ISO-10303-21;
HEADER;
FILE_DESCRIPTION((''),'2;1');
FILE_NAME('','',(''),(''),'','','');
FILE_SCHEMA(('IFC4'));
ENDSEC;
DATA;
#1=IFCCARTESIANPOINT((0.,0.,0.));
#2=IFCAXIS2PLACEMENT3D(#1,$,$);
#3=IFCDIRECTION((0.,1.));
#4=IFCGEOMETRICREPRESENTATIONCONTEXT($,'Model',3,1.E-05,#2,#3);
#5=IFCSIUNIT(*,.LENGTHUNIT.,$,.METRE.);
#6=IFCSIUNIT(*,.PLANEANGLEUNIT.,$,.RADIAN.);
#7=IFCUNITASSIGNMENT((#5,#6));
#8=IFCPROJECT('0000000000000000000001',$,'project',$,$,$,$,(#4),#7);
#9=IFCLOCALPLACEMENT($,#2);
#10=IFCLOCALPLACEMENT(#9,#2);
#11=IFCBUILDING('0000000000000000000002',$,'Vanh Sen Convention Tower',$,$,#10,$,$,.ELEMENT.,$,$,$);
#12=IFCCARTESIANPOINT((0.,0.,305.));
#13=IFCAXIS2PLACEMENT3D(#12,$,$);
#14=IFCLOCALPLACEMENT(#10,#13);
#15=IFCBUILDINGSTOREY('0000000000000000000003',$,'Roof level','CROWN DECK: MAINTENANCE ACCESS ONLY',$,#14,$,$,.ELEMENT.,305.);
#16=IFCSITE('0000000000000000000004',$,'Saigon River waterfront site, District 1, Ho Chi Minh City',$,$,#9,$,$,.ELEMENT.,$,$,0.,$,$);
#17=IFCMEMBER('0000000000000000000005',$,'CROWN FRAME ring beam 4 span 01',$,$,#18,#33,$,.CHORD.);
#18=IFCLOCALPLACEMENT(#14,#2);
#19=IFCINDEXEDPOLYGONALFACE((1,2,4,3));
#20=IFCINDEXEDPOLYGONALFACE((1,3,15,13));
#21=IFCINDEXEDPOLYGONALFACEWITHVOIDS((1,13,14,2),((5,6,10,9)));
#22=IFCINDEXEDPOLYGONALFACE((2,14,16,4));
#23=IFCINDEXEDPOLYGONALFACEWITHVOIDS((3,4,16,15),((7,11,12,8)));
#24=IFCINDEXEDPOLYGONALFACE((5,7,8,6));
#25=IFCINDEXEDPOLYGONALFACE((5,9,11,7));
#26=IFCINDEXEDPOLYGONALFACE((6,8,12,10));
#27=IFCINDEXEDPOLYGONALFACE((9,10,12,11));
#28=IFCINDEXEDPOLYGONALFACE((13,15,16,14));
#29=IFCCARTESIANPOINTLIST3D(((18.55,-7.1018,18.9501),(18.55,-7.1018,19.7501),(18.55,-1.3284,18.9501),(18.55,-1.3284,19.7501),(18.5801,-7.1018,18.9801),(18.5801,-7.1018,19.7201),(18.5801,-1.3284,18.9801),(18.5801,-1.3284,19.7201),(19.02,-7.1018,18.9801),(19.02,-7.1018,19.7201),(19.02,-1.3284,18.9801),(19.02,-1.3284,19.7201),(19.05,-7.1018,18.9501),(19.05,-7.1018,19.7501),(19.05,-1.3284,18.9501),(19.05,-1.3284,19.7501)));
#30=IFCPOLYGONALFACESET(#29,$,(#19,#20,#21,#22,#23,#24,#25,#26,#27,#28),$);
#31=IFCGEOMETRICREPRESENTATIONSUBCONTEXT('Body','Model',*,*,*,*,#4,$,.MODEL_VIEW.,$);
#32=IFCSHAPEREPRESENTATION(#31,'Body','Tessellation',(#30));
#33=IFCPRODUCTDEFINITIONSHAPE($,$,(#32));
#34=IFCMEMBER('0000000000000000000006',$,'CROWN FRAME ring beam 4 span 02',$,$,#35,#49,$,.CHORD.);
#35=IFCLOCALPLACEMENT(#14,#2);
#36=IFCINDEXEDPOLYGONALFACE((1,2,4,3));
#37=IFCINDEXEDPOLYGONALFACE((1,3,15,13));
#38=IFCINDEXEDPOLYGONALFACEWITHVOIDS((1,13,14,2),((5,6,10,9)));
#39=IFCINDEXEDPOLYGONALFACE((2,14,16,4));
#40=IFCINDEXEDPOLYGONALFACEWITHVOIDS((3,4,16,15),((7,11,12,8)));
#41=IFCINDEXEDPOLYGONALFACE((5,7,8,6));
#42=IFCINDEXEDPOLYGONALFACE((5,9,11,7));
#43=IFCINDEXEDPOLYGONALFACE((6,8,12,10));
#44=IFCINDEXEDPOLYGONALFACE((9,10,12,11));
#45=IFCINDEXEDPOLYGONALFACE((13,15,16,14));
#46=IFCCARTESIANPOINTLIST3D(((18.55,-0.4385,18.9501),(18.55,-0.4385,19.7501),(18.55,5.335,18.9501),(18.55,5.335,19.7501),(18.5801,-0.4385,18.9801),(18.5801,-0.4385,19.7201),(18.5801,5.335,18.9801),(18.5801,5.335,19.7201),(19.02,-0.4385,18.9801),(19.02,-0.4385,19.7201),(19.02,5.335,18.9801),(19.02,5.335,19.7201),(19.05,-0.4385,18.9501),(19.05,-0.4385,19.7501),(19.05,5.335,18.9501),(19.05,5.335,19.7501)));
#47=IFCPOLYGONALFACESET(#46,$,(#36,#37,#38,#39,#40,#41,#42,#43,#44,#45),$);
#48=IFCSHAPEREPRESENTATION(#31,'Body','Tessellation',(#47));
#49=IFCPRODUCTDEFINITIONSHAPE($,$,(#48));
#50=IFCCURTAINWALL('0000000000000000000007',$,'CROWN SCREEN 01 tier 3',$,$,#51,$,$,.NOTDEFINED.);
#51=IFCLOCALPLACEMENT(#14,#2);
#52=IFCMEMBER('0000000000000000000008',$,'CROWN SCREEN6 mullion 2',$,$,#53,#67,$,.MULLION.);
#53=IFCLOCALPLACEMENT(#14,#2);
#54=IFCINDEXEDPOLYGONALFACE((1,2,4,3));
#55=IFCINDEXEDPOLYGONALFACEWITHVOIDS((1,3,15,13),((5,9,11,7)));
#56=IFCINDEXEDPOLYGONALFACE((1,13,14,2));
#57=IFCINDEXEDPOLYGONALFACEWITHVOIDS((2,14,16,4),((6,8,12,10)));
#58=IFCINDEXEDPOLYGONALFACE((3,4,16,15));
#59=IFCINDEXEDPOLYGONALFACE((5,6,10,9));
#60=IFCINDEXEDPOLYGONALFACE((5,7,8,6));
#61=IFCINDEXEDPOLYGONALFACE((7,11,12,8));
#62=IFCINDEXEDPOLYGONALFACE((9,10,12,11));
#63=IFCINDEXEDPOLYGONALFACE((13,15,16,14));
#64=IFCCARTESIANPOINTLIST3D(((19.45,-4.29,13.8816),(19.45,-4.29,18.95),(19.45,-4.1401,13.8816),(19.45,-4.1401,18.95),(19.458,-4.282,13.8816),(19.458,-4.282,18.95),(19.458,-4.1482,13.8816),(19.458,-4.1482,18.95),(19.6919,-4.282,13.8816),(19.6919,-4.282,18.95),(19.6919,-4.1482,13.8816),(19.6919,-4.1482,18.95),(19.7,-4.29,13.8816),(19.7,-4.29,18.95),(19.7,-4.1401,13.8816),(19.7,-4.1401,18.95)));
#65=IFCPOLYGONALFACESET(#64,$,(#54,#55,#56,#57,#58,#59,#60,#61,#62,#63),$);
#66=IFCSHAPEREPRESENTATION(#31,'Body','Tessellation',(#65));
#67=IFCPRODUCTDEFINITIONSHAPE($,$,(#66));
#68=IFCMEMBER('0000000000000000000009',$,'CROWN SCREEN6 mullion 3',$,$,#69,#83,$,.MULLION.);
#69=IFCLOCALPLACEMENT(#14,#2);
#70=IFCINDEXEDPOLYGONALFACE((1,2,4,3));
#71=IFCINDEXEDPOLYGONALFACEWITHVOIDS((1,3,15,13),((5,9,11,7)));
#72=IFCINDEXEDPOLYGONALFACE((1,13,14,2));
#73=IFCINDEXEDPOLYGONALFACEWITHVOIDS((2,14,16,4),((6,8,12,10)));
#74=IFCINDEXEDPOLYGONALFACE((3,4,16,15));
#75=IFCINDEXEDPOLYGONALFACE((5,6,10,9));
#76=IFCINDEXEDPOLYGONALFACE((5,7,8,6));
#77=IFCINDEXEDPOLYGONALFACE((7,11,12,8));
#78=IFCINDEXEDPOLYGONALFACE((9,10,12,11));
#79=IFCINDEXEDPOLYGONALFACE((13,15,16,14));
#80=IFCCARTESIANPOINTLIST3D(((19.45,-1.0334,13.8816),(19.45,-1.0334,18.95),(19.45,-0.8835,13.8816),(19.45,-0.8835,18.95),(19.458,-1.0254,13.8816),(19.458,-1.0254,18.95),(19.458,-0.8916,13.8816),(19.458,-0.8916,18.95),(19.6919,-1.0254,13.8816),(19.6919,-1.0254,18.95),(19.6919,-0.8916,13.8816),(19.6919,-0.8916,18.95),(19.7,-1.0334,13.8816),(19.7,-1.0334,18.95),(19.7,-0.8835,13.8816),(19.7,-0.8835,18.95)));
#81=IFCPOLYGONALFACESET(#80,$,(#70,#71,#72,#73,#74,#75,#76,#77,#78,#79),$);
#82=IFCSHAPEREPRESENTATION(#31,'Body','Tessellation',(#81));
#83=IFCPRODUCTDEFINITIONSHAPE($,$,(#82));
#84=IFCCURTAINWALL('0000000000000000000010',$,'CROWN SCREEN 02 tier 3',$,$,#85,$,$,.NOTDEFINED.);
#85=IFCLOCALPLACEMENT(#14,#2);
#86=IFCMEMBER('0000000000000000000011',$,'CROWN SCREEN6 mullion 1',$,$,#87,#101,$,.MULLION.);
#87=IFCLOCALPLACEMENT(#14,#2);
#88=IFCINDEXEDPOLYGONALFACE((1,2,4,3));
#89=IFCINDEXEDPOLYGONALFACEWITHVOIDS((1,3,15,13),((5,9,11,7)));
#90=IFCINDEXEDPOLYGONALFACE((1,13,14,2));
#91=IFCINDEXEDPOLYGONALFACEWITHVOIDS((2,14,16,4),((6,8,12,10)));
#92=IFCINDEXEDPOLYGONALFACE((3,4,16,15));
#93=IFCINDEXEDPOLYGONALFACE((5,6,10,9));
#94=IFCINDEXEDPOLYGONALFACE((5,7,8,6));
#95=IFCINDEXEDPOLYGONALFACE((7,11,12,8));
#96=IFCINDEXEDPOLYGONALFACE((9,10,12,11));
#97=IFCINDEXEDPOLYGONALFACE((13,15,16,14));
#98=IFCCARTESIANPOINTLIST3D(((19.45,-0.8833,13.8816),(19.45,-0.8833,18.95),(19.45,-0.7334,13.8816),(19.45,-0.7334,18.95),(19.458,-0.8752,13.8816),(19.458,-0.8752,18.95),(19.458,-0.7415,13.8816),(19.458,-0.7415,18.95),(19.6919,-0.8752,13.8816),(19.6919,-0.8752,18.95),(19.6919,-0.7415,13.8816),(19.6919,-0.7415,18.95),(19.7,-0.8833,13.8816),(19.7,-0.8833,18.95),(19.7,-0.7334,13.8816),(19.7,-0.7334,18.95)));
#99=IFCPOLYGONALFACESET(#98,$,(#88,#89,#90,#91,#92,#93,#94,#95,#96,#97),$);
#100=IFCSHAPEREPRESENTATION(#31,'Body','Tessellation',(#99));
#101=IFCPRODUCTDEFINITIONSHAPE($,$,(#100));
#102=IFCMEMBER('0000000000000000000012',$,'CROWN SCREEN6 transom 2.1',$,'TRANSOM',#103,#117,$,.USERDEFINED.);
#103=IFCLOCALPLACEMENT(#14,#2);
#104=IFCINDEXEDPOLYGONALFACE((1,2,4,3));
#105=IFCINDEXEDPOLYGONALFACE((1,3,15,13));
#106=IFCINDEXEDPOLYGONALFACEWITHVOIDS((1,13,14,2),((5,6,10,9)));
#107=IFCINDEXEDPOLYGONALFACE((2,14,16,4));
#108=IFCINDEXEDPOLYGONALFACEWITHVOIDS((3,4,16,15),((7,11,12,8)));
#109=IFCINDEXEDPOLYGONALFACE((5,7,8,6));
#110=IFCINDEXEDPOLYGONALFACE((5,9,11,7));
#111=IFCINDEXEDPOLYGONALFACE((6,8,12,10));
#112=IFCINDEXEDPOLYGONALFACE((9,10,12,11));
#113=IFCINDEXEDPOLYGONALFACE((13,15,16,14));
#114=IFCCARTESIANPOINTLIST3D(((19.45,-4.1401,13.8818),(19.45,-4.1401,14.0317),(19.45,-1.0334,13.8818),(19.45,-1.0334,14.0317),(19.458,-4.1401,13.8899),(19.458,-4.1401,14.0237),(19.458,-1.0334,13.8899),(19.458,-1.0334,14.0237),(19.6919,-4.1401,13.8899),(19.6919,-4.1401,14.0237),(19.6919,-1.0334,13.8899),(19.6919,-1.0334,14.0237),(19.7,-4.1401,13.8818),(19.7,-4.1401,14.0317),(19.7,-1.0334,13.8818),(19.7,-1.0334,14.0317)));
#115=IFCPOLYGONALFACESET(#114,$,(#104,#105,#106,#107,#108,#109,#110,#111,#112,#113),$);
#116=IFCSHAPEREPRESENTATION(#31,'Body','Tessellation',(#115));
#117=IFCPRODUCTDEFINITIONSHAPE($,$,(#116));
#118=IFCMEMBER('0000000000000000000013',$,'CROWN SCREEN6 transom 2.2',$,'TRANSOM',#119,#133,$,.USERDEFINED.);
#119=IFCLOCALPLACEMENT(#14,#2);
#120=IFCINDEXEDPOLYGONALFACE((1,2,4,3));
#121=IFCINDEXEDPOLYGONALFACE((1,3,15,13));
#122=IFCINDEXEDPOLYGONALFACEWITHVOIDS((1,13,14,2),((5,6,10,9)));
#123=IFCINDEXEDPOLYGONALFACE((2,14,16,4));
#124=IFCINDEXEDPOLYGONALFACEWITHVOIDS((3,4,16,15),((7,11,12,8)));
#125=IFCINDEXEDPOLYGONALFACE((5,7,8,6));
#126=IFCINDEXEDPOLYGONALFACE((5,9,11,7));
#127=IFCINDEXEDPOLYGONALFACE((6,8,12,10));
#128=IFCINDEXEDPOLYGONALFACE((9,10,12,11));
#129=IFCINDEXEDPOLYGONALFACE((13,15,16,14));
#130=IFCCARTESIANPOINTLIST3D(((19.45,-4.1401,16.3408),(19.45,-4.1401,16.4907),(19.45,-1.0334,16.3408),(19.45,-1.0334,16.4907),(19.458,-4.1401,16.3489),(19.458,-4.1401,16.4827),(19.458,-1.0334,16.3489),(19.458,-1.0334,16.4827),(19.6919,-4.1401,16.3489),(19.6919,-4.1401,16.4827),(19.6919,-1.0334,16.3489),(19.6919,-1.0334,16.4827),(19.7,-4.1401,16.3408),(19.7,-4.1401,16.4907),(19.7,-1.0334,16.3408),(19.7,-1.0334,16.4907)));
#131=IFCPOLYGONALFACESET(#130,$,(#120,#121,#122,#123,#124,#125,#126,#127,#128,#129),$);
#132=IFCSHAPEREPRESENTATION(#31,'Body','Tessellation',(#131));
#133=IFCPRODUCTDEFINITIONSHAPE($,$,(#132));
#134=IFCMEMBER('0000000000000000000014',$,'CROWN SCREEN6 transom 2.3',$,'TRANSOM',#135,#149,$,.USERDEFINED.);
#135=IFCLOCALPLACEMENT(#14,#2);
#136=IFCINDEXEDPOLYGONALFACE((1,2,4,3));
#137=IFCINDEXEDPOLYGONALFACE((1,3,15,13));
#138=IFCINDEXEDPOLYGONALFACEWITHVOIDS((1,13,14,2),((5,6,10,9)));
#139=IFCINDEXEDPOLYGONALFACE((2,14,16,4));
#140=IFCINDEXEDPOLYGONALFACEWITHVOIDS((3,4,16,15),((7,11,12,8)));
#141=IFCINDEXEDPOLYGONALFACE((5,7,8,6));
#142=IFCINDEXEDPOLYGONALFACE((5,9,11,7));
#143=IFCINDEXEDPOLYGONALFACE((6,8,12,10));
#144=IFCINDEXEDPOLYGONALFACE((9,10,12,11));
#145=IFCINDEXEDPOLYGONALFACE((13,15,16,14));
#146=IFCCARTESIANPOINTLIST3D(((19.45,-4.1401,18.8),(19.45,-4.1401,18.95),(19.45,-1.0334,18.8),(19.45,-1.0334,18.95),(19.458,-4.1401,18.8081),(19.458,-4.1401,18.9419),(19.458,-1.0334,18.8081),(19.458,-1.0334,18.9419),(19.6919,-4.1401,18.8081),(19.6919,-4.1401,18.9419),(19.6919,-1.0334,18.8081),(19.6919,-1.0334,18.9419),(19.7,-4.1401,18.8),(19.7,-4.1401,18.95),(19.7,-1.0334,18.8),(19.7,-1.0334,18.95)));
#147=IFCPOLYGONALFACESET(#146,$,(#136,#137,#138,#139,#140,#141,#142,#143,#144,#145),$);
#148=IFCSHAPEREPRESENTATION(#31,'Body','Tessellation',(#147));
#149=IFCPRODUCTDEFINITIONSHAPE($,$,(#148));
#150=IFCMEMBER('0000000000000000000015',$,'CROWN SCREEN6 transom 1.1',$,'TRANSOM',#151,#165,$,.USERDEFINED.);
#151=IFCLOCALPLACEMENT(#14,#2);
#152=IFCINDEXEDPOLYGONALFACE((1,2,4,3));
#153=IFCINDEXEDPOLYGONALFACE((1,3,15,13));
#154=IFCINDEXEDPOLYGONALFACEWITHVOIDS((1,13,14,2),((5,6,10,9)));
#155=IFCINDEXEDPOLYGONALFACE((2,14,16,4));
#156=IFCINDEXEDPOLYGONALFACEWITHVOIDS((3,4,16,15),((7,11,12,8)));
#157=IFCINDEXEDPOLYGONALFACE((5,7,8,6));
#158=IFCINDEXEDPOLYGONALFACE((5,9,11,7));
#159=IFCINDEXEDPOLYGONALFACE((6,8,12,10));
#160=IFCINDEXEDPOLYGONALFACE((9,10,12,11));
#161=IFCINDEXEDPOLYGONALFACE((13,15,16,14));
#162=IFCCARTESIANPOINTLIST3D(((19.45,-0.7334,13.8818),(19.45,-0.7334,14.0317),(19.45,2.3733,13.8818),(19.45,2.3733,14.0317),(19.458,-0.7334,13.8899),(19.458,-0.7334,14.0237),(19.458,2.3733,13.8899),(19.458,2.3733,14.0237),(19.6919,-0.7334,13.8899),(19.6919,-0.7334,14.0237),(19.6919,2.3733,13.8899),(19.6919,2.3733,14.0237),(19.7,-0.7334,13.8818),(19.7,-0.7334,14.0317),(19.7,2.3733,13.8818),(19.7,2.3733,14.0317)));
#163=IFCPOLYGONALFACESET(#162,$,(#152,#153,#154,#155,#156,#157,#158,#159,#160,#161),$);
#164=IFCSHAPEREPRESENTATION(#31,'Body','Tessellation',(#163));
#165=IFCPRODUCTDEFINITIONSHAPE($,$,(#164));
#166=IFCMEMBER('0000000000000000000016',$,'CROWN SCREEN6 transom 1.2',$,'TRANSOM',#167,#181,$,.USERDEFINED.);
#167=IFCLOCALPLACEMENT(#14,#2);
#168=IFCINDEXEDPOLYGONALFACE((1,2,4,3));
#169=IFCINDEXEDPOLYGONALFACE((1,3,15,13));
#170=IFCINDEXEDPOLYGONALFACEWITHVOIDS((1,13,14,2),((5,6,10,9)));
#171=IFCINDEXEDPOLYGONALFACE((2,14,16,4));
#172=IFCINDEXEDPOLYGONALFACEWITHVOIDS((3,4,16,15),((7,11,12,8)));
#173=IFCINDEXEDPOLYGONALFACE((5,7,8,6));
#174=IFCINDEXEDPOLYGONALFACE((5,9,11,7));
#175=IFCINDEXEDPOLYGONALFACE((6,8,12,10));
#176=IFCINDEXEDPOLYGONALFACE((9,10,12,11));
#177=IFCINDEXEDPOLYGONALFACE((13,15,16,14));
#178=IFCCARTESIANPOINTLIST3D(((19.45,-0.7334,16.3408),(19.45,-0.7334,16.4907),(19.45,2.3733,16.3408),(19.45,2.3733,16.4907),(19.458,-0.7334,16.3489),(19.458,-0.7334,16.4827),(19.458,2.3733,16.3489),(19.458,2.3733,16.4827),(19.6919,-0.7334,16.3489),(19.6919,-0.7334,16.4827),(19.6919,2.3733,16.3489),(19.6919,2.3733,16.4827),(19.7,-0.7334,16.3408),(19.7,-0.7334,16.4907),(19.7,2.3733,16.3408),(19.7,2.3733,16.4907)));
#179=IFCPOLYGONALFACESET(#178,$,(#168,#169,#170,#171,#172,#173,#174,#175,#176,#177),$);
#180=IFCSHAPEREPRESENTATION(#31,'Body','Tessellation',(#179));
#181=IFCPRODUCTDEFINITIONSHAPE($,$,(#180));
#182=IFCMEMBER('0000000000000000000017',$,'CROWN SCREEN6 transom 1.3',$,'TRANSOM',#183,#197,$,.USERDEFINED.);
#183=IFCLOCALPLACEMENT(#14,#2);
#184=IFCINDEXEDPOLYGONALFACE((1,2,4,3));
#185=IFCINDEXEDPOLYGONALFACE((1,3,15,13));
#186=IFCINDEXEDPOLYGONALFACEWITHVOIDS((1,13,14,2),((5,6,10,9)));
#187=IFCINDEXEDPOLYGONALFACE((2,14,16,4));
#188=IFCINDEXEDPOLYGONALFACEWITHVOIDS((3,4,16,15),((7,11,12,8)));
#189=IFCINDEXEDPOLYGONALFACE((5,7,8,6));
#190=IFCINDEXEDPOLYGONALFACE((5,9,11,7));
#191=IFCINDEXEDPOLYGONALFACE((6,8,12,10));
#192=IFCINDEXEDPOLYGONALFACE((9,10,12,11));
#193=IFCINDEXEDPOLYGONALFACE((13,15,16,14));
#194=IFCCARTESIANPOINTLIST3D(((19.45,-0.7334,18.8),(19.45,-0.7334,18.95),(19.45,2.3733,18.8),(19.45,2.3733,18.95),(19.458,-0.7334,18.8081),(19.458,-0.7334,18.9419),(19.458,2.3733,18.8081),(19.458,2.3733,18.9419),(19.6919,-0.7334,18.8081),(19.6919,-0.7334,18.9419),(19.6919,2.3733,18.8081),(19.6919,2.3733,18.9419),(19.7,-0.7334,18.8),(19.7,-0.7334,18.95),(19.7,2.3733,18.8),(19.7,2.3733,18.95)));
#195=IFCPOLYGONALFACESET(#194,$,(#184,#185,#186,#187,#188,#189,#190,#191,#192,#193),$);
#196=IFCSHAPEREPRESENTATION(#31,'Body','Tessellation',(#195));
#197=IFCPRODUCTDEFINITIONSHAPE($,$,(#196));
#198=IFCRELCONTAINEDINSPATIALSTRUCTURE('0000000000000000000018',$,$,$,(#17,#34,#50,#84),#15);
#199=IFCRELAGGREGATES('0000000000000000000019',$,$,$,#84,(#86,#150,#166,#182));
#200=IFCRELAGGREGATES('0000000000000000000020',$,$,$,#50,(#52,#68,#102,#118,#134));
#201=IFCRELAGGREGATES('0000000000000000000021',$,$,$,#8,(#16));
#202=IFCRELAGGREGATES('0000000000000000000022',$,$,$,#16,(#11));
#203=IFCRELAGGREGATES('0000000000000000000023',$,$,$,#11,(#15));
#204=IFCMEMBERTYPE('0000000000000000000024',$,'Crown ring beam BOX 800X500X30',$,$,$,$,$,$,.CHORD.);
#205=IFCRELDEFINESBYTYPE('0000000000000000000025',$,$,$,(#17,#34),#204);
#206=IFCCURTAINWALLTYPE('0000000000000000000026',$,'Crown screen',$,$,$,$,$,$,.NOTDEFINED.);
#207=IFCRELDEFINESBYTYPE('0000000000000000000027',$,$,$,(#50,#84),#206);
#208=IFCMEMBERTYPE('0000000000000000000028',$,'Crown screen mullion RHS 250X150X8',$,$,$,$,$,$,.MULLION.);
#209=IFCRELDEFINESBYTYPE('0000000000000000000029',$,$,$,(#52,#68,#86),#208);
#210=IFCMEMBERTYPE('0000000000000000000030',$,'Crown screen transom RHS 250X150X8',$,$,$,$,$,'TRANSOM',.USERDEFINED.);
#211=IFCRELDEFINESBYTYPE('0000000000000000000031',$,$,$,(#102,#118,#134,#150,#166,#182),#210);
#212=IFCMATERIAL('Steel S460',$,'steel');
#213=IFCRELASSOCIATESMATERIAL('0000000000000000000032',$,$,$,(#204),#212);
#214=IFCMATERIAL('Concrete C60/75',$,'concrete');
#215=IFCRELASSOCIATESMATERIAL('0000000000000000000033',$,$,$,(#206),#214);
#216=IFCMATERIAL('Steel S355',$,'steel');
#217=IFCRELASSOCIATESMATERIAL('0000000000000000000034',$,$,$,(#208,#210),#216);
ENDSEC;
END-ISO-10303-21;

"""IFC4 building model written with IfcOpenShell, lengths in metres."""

from ifc_helpers import new_model, si_unit, direction, frame, origin, origin_2d, place, context, subcontext, project, spatial, hollow_rectangle, extrude, material, material_profile, profile_set, type_object, element, aggregate, save


model = new_model("IFC4")

# Units and contexts
model_context = context("Model", 3, precision=1e-05, world=origin(), true_north=direction((0.0, 1.0)))
body_context = subcontext(model_context, "Body", "Model", "MODEL_VIEW")
ifc_project = project(units=[si_unit("LENGTHUNIT", "METRE"), si_unit("PLANEANGLEUNIT", "RADIAN")], contexts=[model_context])

# Site, building, storey
site_placement = place(None, origin())
site = spatial("IfcSite", under=ifc_project, at=site_placement, Name="Saigon River waterfront site, District 1, Ho Chi Minh City", CompositionType="ELEMENT", RefElevation=0.0)
building_placement = place(site_placement, origin())
building = spatial("IfcBuilding", under=site, at=building_placement, Name="Vanh Sen Convention Tower", CompositionType="ELEMENT")
storey_placement = place(building_placement, frame((0.0, 0.0, 305.0)))
storey = spatial("IfcBuildingStorey", under=building, at=storey_placement, Name="Roof level", Description="CROWN DECK: MAINTENANCE ACCESS ONLY", CompositionType="ELEMENT", Elevation=305.0)

# Members
ifc_material_1 = material(Name="Steel S460", Category="steel")
ifc_material_profile_1 = material_profile(ifc_material_1, hollow_rectangle(XDim=0.5, YDim=0.8, WallThickness=0.03, at=origin_2d()), Name="BOX 800X500X30")
ifc_profile_set_1 = profile_set([ifc_material_profile_1], Name="Steel S460")
member_type_1 = type_object("IfcMemberType", Name="Crown ring beam BOX 800X500X30", PredefinedType="CHORD", material=ifc_profile_set_1)
for number, where, z_axis, x_axis, name in (
    (1, (18.8, -7.1018, 19.3501), (0.0, 1.0, 0.0), (-1.0, 0.0, 0.0), "CROWN FRAME ring beam 4 span 01"),
    (2, (18.8, -0.4385, 19.3501), (0.0, 1.0, 0.0), (-1.0, 0.0, 0.0), "CROWN FRAME ring beam 4 span 02"),
):
    element("IfcMember", number, at=place(storey_placement, frame(where, z_axis=z_axis, x_axis=x_axis)), inside=storey, type_object=member_type_1, Name=name, PredefinedType="CHORD", context=body_context, shape_type="SweptSolid", body=[
        extrude(hollow_rectangle(XDim=0.5, YDim=0.8, WallThickness=0.03, at=origin_2d()), origin(), (0.0, 0.0, 1.0), 5.7734),
    ])

# Curtain wall, members
ifc_material_2 = material(Name="Concrete C60/75", Category="concrete")
curtain_wall_type = type_object("IfcCurtainWallType", Name="Crown screen", PredefinedType="NOTDEFINED", material=ifc_material_2)
curtain_wall_1_placement = place(storey_placement, origin())
curtain_wall_1 = element("IfcCurtainWall", 3, at=curtain_wall_1_placement, inside=storey, type_object=curtain_wall_type, Name="CROWN SCREEN 01 tier 3", PredefinedType="NOTDEFINED")
ifc_material_3 = material(Name="Steel S355", Category="steel")
ifc_material_profile_2 = material_profile(ifc_material_3, hollow_rectangle(XDim=0.25, YDim=0.1499, WallThickness=0.0081, at=origin_2d()), Name="RHS 250X150X8")
ifc_profile_set_2 = profile_set([ifc_material_profile_2], Name="Steel S355")
member_type_2 = type_object("IfcMemberType", Name="Crown screen mullion RHS 250X150X8", PredefinedType="MULLION", material=ifc_profile_set_2)
member_1_placement = place(storey_placement, frame((19.575, -4.2151, 13.8816), z_axis=(0.0, 0.0, 1.0), x_axis=(-1.0, 0.0, 0.0)))
member_1 = element("IfcMember", 4, at=member_1_placement, type_object=member_type_2, Name="CROWN SCREEN6 mullion 2", PredefinedType="MULLION", context=body_context, shape_type="SweptSolid", body=[
    extrude(hollow_rectangle(XDim=0.25, YDim=0.1499, WallThickness=0.0081, at=origin_2d()), origin(), (0.0, 0.0, 1.0), 5.0684),
])
member_2_placement = place(storey_placement, frame((19.575, -0.9585, 13.8816), z_axis=(0.0, 0.0, 1.0), x_axis=(-1.0, 0.0, 0.0)))
member_2 = element("IfcMember", 5, at=member_2_placement, type_object=member_type_2, Name="CROWN SCREEN6 mullion 3", PredefinedType="MULLION", context=body_context, shape_type="SweptSolid", body=[
    extrude(hollow_rectangle(XDim=0.25, YDim=0.1499, WallThickness=0.0081, at=origin_2d()), origin(), (0.0, 0.0, 1.0), 5.0684),
])

# Curtain wall, member
curtain_wall_2_placement = place(storey_placement, origin())
curtain_wall_2 = element("IfcCurtainWall", 6, at=curtain_wall_2_placement, inside=storey, type_object=curtain_wall_type, Name="CROWN SCREEN 02 tier 3", PredefinedType="NOTDEFINED")
member_3_placement = place(storey_placement, frame((19.575, -0.8083, 13.8816), z_axis=(0.0, 0.0, 1.0), x_axis=(-1.0, 0.0, 0.0)))
member_3 = element("IfcMember", 7, at=member_3_placement, type_object=member_type_2, Name="CROWN SCREEN6 mullion 1", PredefinedType="MULLION", context=body_context, shape_type="SweptSolid", body=[
    extrude(hollow_rectangle(XDim=0.25, YDim=0.1499, WallThickness=0.0081, at=origin_2d()), origin(), (0.0, 0.0, 1.0), 5.0684),
])

# Members
ifc_material_profile_3 = material_profile(ifc_material_3, hollow_rectangle(XDim=0.25, YDim=0.1499, WallThickness=0.0081, at=origin_2d()), Name="RHS 250X150X8")
ifc_profile_set_3 = profile_set([ifc_material_profile_3], Name="Steel S355")
member_type_3 = type_object("IfcMemberType", Name="Crown screen transom RHS 250X150X8", ElementType="TRANSOM", PredefinedType="USERDEFINED", material=ifc_profile_set_3)
member_4_placement = place(storey_placement, frame((19.575, -4.1401, 13.9568), z_axis=(0.0, 1.0, 0.0), x_axis=(-1.0, 0.0, 0.0)))
member_4 = element("IfcMember", 8, at=member_4_placement, type_object=member_type_3, Name="CROWN SCREEN6 transom 2.1", ObjectType="TRANSOM", PredefinedType="USERDEFINED", context=body_context, shape_type="SweptSolid", body=[
    extrude(hollow_rectangle(XDim=0.25, YDim=0.1499, WallThickness=0.0081, at=origin_2d()), origin(), (0.0, 0.0, 1.0), 3.1067),
])
member_5_placement = place(storey_placement, frame((19.575, -4.1401, 16.4158), z_axis=(0.0, 1.0, 0.0), x_axis=(-1.0, 0.0, 0.0)))
member_5 = element("IfcMember", 9, at=member_5_placement, type_object=member_type_3, Name="CROWN SCREEN6 transom 2.2", ObjectType="TRANSOM", PredefinedType="USERDEFINED", context=body_context, shape_type="SweptSolid", body=[
    extrude(hollow_rectangle(XDim=0.25, YDim=0.1499, WallThickness=0.0081, at=origin_2d()), origin(), (0.0, 0.0, 1.0), 3.1067),
])
member_6_placement = place(storey_placement, frame((19.575, -4.1401, 18.875), z_axis=(0.0, 1.0, 0.0), x_axis=(-1.0, 0.0, 0.0)))
member_6 = element("IfcMember", 10, at=member_6_placement, type_object=member_type_3, Name="CROWN SCREEN6 transom 2.3", ObjectType="TRANSOM", PredefinedType="USERDEFINED", context=body_context, shape_type="SweptSolid", body=[
    extrude(hollow_rectangle(XDim=0.25, YDim=0.1499, WallThickness=0.0081, at=origin_2d()), origin(), (0.0, 0.0, 1.0), 3.1067),
])
member_7_placement = place(storey_placement, frame((19.575, -0.7334, 13.9568), z_axis=(0.0, 1.0, 0.0), x_axis=(-1.0, 0.0, 0.0)))
member_7 = element("IfcMember", 11, at=member_7_placement, type_object=member_type_3, Name="CROWN SCREEN6 transom 1.1", ObjectType="TRANSOM", PredefinedType="USERDEFINED", context=body_context, shape_type="SweptSolid", body=[
    extrude(hollow_rectangle(XDim=0.25, YDim=0.1499, WallThickness=0.0081, at=origin_2d()), origin(), (0.0, 0.0, 1.0), 3.1067),
])
member_8_placement = place(storey_placement, frame((19.575, -0.7334, 16.4158), z_axis=(0.0, 1.0, 0.0), x_axis=(-1.0, 0.0, 0.0)))
member_8 = element("IfcMember", 12, at=member_8_placement, type_object=member_type_3, Name="CROWN SCREEN6 transom 1.2", ObjectType="TRANSOM", PredefinedType="USERDEFINED", context=body_context, shape_type="SweptSolid", body=[
    extrude(hollow_rectangle(XDim=0.25, YDim=0.1499, WallThickness=0.0081, at=origin_2d()), origin(), (0.0, 0.0, 1.0), 3.1067),
])
member_9_placement = place(storey_placement, frame((19.575, -0.7334, 18.875), z_axis=(0.0, 1.0, 0.0), x_axis=(-1.0, 0.0, 0.0)))
member_9 = element("IfcMember", 13, at=member_9_placement, type_object=member_type_3, Name="CROWN SCREEN6 transom 1.3", ObjectType="TRANSOM", PredefinedType="USERDEFINED", context=body_context, shape_type="SweptSolid", body=[
    extrude(hollow_rectangle(XDim=0.25, YDim=0.1499, WallThickness=0.0081, at=origin_2d()), origin(), (0.0, 0.0, 1.0), 3.1067),
])
aggregate(curtain_wall_2, [member_3, member_7, member_8, member_9])

aggregate(curtain_wall_1, [member_1, member_2, member_4, member_5, member_6])

save(model, "model.ifc")
